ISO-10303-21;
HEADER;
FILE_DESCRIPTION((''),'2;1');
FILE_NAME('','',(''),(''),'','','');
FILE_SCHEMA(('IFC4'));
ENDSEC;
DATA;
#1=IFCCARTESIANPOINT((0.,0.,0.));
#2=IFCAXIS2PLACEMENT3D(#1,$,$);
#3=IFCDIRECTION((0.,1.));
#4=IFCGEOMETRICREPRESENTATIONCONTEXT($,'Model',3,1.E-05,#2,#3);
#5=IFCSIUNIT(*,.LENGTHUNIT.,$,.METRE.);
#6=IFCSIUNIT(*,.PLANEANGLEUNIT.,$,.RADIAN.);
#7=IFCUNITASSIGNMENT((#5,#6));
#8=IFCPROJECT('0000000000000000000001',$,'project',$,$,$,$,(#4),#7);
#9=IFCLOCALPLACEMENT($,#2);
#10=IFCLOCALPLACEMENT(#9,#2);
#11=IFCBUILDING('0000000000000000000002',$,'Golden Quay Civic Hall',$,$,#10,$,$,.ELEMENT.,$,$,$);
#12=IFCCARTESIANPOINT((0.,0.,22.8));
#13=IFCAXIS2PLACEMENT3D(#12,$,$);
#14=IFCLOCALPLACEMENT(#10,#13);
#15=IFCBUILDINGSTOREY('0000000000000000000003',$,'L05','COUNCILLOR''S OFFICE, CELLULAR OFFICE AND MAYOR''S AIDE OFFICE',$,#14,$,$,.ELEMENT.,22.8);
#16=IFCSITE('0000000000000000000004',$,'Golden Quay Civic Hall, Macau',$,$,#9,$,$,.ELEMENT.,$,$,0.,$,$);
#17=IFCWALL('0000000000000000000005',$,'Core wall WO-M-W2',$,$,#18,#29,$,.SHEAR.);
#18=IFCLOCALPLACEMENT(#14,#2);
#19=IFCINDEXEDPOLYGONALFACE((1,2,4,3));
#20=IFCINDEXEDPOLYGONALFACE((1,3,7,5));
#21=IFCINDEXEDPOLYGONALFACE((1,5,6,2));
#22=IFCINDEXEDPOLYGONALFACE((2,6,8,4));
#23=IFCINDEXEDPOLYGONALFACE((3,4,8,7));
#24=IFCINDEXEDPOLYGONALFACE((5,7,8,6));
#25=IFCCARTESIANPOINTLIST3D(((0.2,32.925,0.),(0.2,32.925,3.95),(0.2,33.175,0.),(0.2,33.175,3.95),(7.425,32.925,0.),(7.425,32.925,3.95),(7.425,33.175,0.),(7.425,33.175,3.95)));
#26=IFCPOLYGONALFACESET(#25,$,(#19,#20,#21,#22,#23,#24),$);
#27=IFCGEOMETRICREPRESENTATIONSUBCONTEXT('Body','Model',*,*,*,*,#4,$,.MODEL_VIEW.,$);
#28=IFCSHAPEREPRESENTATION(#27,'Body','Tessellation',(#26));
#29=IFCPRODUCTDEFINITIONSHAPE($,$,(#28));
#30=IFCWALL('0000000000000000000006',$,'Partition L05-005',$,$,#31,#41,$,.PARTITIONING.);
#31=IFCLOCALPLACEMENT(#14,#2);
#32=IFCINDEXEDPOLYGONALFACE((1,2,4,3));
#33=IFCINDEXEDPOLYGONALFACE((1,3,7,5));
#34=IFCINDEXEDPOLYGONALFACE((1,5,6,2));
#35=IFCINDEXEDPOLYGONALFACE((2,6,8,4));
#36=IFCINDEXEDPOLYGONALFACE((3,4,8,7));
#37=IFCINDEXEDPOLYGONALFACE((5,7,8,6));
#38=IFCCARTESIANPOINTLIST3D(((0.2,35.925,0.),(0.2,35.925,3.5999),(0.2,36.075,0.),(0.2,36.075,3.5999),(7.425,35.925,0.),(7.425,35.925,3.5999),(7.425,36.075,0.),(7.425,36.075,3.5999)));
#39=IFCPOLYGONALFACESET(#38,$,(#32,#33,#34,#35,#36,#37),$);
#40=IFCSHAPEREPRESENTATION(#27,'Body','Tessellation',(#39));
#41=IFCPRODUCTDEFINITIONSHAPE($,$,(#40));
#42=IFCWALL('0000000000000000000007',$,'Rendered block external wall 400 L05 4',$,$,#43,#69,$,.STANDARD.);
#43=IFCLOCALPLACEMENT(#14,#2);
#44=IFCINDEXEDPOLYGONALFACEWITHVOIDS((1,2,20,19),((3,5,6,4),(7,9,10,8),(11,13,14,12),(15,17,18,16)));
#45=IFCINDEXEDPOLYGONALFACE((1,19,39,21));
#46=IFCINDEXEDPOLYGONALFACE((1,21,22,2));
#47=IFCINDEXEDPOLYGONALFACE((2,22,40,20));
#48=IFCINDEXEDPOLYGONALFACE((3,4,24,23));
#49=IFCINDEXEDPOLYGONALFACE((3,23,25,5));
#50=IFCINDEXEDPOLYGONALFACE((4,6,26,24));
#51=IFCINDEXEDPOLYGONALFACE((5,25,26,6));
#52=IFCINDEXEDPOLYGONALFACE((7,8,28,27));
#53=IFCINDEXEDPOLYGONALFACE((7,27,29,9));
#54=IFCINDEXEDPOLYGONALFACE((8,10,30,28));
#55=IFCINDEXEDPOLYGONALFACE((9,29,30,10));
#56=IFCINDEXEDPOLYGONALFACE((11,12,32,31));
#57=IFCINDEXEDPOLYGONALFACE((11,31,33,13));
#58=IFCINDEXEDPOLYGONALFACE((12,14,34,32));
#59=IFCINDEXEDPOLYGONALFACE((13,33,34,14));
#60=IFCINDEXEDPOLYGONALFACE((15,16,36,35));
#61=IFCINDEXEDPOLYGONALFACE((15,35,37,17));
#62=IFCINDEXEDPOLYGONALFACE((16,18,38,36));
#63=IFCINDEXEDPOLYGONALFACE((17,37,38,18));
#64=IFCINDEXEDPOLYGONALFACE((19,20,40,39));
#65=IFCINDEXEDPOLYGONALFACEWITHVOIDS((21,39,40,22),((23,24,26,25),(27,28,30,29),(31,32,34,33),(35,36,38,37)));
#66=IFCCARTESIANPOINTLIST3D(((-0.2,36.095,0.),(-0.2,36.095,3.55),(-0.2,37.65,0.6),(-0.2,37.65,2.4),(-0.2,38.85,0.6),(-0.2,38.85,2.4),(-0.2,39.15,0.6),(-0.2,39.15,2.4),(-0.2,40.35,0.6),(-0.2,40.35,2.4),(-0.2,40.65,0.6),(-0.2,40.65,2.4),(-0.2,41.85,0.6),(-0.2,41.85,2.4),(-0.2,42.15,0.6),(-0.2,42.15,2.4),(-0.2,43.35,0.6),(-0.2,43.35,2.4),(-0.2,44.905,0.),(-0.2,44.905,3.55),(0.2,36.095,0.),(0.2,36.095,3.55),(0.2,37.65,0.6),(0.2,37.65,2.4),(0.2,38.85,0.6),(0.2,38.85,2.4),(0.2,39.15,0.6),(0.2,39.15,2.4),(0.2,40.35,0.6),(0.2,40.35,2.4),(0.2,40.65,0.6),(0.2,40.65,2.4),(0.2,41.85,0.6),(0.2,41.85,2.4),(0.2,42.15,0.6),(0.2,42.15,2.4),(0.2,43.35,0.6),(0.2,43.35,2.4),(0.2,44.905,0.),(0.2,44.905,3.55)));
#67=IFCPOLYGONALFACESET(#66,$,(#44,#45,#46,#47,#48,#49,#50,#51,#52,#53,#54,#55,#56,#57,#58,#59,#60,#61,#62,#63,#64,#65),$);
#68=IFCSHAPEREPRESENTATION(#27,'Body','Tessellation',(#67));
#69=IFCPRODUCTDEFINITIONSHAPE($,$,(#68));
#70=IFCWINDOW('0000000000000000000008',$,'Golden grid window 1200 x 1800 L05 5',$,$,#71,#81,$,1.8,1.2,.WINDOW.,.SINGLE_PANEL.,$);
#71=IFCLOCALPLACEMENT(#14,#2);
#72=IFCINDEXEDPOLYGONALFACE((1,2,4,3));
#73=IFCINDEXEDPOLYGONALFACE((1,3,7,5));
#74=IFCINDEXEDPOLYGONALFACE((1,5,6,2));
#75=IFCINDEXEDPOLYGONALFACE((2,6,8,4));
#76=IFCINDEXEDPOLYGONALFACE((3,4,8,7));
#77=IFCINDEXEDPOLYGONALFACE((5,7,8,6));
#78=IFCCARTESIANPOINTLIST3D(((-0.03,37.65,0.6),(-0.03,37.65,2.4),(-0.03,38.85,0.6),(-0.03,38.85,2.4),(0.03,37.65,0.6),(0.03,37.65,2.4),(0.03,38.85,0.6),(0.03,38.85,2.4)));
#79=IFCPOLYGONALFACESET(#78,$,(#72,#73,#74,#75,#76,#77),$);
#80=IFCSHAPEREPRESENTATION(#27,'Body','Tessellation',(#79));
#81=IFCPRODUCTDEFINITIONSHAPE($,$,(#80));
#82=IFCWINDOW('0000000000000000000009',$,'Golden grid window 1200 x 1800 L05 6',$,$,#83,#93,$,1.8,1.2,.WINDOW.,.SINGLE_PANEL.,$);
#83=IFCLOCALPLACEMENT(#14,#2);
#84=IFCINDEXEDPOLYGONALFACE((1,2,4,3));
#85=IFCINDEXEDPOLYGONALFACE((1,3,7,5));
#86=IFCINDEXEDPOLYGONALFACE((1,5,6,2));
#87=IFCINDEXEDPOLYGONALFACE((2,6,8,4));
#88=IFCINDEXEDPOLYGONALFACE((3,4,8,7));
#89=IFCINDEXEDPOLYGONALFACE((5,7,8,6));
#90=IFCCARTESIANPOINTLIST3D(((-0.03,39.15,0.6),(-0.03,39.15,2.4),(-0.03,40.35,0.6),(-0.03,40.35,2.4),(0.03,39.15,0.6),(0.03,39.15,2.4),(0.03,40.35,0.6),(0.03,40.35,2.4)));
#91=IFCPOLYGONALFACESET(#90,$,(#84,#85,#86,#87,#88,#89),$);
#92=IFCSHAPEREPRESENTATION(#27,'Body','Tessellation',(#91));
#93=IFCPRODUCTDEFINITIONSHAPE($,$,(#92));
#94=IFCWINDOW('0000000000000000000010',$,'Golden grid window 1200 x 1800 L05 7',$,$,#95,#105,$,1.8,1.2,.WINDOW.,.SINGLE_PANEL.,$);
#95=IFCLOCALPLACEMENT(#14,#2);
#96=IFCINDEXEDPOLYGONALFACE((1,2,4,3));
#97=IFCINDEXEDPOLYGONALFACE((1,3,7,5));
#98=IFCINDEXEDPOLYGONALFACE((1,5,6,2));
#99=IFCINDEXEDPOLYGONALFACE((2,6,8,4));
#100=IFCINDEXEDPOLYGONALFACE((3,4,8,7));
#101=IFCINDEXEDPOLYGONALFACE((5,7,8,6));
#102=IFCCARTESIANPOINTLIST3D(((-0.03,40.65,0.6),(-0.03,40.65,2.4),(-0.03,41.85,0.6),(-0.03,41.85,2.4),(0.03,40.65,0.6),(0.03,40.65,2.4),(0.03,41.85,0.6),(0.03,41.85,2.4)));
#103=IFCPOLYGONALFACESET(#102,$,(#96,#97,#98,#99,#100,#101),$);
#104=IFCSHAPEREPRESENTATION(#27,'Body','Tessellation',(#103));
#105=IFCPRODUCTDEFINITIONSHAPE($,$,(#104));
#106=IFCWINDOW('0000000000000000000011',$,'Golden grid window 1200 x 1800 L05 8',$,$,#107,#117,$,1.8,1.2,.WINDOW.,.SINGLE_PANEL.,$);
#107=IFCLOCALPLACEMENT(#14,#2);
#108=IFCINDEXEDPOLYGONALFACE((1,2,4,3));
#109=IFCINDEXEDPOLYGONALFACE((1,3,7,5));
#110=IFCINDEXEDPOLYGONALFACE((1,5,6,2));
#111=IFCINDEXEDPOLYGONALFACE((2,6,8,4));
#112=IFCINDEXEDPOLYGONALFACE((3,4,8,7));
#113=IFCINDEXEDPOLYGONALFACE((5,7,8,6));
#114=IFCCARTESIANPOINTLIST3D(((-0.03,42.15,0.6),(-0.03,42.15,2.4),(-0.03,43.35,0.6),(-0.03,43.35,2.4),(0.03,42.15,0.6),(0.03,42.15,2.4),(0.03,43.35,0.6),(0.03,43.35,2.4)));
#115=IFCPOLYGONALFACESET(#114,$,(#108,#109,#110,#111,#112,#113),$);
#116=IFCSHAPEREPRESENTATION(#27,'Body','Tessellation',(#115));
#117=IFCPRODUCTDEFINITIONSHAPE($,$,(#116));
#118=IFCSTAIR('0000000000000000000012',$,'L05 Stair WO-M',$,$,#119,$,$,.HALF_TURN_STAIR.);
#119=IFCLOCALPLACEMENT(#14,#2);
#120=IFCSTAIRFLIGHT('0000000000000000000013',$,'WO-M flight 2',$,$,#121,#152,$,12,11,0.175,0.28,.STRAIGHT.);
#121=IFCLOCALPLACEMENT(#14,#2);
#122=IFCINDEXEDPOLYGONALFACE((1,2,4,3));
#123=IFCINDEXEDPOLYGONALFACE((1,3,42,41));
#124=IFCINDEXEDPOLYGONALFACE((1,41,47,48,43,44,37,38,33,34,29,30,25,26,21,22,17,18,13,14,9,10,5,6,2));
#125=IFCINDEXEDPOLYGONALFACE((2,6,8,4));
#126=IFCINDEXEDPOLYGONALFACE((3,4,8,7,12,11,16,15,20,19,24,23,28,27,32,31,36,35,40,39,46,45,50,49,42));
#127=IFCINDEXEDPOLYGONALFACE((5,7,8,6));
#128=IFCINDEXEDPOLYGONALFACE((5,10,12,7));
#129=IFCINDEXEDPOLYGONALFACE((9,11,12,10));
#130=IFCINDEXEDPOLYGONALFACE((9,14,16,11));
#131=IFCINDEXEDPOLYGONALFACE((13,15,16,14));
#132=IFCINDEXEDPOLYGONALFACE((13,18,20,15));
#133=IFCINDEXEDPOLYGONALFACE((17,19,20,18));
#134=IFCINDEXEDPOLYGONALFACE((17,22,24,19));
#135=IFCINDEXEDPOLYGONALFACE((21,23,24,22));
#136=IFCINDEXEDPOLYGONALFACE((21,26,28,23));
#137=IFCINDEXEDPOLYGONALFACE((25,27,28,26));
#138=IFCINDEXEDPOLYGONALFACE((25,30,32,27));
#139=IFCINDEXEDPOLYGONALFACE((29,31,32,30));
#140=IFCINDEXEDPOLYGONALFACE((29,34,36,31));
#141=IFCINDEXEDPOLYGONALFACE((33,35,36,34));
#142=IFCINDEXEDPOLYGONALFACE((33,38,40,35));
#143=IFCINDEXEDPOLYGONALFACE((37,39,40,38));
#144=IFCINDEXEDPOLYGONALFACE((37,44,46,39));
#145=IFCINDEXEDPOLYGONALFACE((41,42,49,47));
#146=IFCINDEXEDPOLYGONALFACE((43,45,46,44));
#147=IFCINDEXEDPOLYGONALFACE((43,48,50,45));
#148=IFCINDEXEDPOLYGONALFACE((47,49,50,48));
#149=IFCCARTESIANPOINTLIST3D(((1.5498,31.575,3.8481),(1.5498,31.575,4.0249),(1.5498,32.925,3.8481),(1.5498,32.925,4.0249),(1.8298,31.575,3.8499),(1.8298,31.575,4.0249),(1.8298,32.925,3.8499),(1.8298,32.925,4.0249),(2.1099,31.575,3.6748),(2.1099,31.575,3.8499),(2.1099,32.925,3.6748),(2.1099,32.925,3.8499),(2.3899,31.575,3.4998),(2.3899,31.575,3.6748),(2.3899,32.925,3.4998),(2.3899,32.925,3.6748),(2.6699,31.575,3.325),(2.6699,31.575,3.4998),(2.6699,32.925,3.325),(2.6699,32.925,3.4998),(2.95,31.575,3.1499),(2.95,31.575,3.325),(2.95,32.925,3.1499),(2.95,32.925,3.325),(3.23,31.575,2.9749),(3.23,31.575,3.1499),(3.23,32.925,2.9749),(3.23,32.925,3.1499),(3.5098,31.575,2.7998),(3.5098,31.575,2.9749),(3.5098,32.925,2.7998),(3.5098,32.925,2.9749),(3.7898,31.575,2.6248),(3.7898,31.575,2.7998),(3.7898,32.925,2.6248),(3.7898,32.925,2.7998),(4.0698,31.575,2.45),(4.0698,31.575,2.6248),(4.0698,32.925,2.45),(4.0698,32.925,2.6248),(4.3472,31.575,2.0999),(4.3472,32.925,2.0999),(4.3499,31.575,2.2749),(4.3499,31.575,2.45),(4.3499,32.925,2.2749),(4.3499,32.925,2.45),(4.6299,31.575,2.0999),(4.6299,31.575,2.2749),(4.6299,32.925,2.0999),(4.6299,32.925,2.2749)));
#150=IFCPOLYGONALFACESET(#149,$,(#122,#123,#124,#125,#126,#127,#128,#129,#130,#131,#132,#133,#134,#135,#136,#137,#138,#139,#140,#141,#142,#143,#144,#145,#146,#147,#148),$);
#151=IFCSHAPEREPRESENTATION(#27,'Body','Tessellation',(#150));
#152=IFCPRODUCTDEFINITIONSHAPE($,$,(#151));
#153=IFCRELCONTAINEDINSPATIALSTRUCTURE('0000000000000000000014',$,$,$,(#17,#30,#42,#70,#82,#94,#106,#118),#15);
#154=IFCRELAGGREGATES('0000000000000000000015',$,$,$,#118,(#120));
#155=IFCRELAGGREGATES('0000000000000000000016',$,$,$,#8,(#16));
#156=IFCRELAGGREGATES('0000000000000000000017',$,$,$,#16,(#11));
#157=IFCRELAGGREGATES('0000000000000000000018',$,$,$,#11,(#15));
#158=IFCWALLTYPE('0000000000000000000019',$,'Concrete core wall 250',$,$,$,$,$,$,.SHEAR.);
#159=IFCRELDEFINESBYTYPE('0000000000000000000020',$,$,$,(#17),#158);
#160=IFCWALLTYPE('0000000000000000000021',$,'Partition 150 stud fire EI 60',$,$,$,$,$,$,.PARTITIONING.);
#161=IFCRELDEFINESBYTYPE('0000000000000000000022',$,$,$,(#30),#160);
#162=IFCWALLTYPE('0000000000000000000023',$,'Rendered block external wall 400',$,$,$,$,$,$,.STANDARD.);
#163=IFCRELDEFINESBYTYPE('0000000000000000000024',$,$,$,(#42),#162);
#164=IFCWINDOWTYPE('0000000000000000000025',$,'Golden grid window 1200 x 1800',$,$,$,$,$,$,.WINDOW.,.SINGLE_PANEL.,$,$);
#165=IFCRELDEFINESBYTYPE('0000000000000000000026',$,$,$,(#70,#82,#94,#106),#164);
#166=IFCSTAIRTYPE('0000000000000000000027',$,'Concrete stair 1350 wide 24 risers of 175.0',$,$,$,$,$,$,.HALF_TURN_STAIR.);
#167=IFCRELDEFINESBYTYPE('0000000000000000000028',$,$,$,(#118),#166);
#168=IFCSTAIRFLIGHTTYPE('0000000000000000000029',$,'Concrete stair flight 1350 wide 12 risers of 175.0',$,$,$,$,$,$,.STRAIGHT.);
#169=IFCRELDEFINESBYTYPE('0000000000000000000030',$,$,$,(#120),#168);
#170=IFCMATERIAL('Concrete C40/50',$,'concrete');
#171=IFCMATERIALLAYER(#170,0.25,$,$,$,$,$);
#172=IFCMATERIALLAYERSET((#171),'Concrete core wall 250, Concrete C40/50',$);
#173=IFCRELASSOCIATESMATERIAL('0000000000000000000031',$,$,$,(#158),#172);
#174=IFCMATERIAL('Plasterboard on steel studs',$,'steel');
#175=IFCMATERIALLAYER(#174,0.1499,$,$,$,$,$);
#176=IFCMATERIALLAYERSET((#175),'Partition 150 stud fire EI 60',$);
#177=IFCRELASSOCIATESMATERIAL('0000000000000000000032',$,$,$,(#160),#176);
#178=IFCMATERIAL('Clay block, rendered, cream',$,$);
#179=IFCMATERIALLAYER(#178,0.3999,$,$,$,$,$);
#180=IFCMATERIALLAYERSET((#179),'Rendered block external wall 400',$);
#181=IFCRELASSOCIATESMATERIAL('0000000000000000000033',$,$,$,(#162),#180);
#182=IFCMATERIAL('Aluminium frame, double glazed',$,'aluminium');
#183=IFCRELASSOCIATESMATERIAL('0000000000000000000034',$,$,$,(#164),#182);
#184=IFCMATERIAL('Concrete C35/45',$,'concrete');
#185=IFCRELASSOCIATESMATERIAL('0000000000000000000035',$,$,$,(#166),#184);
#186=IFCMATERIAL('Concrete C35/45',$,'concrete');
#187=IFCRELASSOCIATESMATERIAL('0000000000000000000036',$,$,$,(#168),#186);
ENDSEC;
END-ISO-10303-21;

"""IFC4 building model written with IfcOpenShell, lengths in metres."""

from ifc_helpers import new_model, si_unit, direction, frame, frame_2d, origin, place, context, subcontext, project, spatial, polyline, rectangle, outline, extrude, material, layer, layer_set, type_object, element, fill, aggregate, save


model = new_model("IFC4")

# Units and contexts
model_context = context("Model", 3, precision=1e-05, world=origin(), true_north=direction((0.0, 1.0)))
body_context = subcontext(model_context, "Body", "Model", "MODEL_VIEW")
ifc_project = project(units=[si_unit("LENGTHUNIT", "METRE"), si_unit("PLANEANGLEUNIT", "RADIAN")], contexts=[model_context])

# Site, building, storey
site_placement = place(None, origin())
site = spatial("IfcSite", under=ifc_project, at=site_placement, Name="Golden Quay Civic Hall, Macau", CompositionType="ELEMENT", RefElevation=0.0)
building_placement = place(site_placement, origin())
building = spatial("IfcBuilding", under=site, at=building_placement, Name="Golden Quay Civic Hall", CompositionType="ELEMENT")
storey_placement = place(building_placement, frame((0.0, 0.0, 22.8)))
storey = spatial("IfcBuildingStorey", under=building, at=storey_placement, Name="L05", Description="COUNCILLOR'S OFFICE, CELLULAR OFFICE AND MAYOR'S AIDE OFFICE", CompositionType="ELEMENT", Elevation=22.8)

# Walls
ifc_material_1 = material(Name="Concrete C40/50", Category="concrete")
ifc_layer_1 = layer(ifc_material_1, 0.25)
ifc_layer_set_1 = layer_set([ifc_layer_1], Name="Concrete core wall 250, Concrete C40/50")
wall_type_1 = type_object("IfcWallType", Name="Concrete core wall 250", PredefinedType="SHEAR", material=ifc_layer_set_1)
wall_1_placement = place(storey_placement, frame((0.2, 33.05, 0.0), z_axis=(0.0, 0.0, 1.0), x_axis=(1.0, 0.0, 0.0)))
element("IfcWall", 1, at=wall_1_placement, inside=storey, type_object=wall_type_1, Name="Core wall WO-M-W2", PredefinedType="SHEAR", context=body_context, shape_type="SweptSolid", body=[
    extrude(rectangle(XDim=7.2251, YDim=0.25, at=frame_2d((3.6125, 0.0))), origin(), (0.0, 0.0, 1.0), 3.95),
])
ifc_material_2 = material(Name="Plasterboard on steel studs", Category="steel")
ifc_layer_2 = layer(ifc_material_2, 0.1499)
ifc_layer_set_2 = layer_set([ifc_layer_2], Name="Partition 150 stud fire EI 60")
wall_type_2 = type_object("IfcWallType", Name="Partition 150 stud fire EI 60", PredefinedType="PARTITIONING", material=ifc_layer_set_2)
wall_2_placement = place(storey_placement, frame((0.2, 36.0, 0.0), z_axis=(0.0, 0.0, 1.0), x_axis=(1.0, 0.0, 0.0)))
element("IfcWall", 2, at=wall_2_placement, inside=storey, type_object=wall_type_2, Name="Partition L05-005", PredefinedType="PARTITIONING", context=body_context, shape_type="SweptSolid", body=[
    extrude(rectangle(XDim=7.2251, YDim=0.1499, at=frame_2d((3.6125, 0.0))), origin(), (0.0, 0.0, 1.0), 3.5999),
])

# Wall, openings, windows
ifc_material_3 = material(Name="Clay block, rendered, cream")
ifc_layer_3 = layer(ifc_material_3, 0.3999)
ifc_layer_set_3 = layer_set([ifc_layer_3], Name="Rendered block external wall 400")
wall_type_3 = type_object("IfcWallType", Name="Rendered block external wall 400", PredefinedType="STANDARD", material=ifc_layer_set_3)
wall_3_placement = place(storey_placement, frame((0.0, 36.095, 0.0), z_axis=(0.0, 0.0, 1.0), x_axis=(0.0, 1.0, 0.0)))
wall_3 = element("IfcWall", 3, at=wall_3_placement, inside=storey, type_object=wall_type_3, Name="Rendered block external wall 400 L05 4", PredefinedType="STANDARD", context=body_context, shape_type="SweptSolid", body=[
    extrude(rectangle(XDim=8.8101, YDim=0.3999, at=frame_2d((4.405, 0.0))), origin(), (0.0, 0.0, 1.0), 3.55),
])
opening_1_placement = place(wall_3_placement, frame((1.5549, 0.0, 0.6001)))
opening_1 = element("IfcOpeningElement", 4, at=opening_1_placement, cuts=wall_3, PredefinedType="OPENING", context=body_context, shape_type="SweptSolid", body=[
    extrude(rectangle(XDim=1.2, YDim=1.8, at=frame_2d((0.6001, 0.8999))), frame((0.0, 0.21, 0.0), z_axis=(0.0, -1.0, 0.0), x_axis=(1.0, 0.0, 0.0)), (0.0, 0.0, 1.0), 0.4199),
])
opening_2_placement = place(wall_3_placement, frame((3.0549, 0.0, 0.6001)))
opening_2 = element("IfcOpeningElement", 5, at=opening_2_placement, cuts=wall_3, PredefinedType="OPENING", context=body_context, shape_type="SweptSolid", body=[
    extrude(rectangle(XDim=1.2, YDim=1.8, at=frame_2d((0.6001, 0.8999))), frame((0.0, 0.21, 0.0), z_axis=(0.0, -1.0, 0.0), x_axis=(1.0, 0.0, 0.0)), (0.0, 0.0, 1.0), 0.4199),
])
opening_3_placement = place(wall_3_placement, frame((4.5549, 0.0, 0.6001)))
opening_3 = element("IfcOpeningElement", 6, at=opening_3_placement, cuts=wall_3, PredefinedType="OPENING", context=body_context, shape_type="SweptSolid", body=[
    extrude(rectangle(XDim=1.2, YDim=1.8, at=frame_2d((0.6001, 0.8999))), frame((0.0, 0.21, 0.0), z_axis=(0.0, -1.0, 0.0), x_axis=(1.0, 0.0, 0.0)), (0.0, 0.0, 1.0), 0.4199),
])
opening_4_placement = place(wall_3_placement, frame((6.0549, 0.0, 0.6001)))
opening_4 = element("IfcOpeningElement", 7, at=opening_4_placement, cuts=wall_3, PredefinedType="OPENING", context=body_context, shape_type="SweptSolid", body=[
    extrude(rectangle(XDim=1.2, YDim=1.8, at=frame_2d((0.6001, 0.8999))), frame((0.0, 0.21, 0.0), z_axis=(0.0, -1.0, 0.0), x_axis=(1.0, 0.0, 0.0)), (0.0, 0.0, 1.0), 0.4199),
])
ifc_material_4 = material(Name="Aluminium frame, double glazed", Category="aluminium")
window_type = type_object("IfcWindowType", Name="Golden grid window 1200 x 1800", PartitioningType="SINGLE_PANEL", PredefinedType="WINDOW", material=ifc_material_4)
window_1_placement = place(opening_1_placement, origin())
window_1 = element("IfcWindow", 8, at=window_1_placement, inside=storey, type_object=window_type, Name="Golden grid window 1200 x 1800 L05 5", OverallHeight=1.8, OverallWidth=1.2, PartitioningType="SINGLE_PANEL", PredefinedType="WINDOW", context=body_context, shape_type="SweptSolid", body=[
    extrude(rectangle(XDim=1.2, YDim=1.8, at=frame_2d((0.6001, 0.8999))), frame((0.0, 0.03, 0.0), z_axis=(0.0, -1.0, 0.0), x_axis=(1.0, 0.0, 0.0)), (0.0, 0.0, 1.0), 0.0601),
])
fill(opening_1, window_1)
window_2_placement = place(opening_2_placement, origin())
window_2 = element("IfcWindow", 9, at=window_2_placement, inside=storey, type_object=window_type, Name="Golden grid window 1200 x 1800 L05 6", OverallHeight=1.8, OverallWidth=1.2, PartitioningType="SINGLE_PANEL", PredefinedType="WINDOW", context=body_context, shape_type="SweptSolid", body=[
    extrude(rectangle(XDim=1.2, YDim=1.8, at=frame_2d((0.6001, 0.8999))), frame((0.0, 0.03, 0.0), z_axis=(0.0, -1.0, 0.0), x_axis=(1.0, 0.0, 0.0)), (0.0, 0.0, 1.0), 0.0601),
])
fill(opening_2, window_2)
window_3_placement = place(opening_3_placement, origin())
window_3 = element("IfcWindow", 10, at=window_3_placement, inside=storey, type_object=window_type, Name="Golden grid window 1200 x 1800 L05 7", OverallHeight=1.8, OverallWidth=1.2, PartitioningType="SINGLE_PANEL", PredefinedType="WINDOW", context=body_context, shape_type="SweptSolid", body=[
    extrude(rectangle(XDim=1.2, YDim=1.8, at=frame_2d((0.6001, 0.8999))), frame((0.0, 0.03, 0.0), z_axis=(0.0, -1.0, 0.0), x_axis=(1.0, 0.0, 0.0)), (0.0, 0.0, 1.0), 0.0601),
])
fill(opening_3, window_3)
window_4_placement = place(opening_4_placement, origin())
window_4 = element("IfcWindow", 11, at=window_4_placement, inside=storey, type_object=window_type, Name="Golden grid window 1200 x 1800 L05 8", OverallHeight=1.8, OverallWidth=1.2, PartitioningType="SINGLE_PANEL", PredefinedType="WINDOW", context=body_context, shape_type="SweptSolid", body=[
    extrude(rectangle(XDim=1.2, YDim=1.8, at=frame_2d((0.6001, 0.8999))), frame((0.0, 0.03, 0.0), z_axis=(0.0, -1.0, 0.0), x_axis=(1.0, 0.0, 0.0)), (0.0, 0.0, 1.0), 0.0601),
])
fill(opening_4, window_4)

# Stair, stair flight
ifc_material_5 = material(Name="Concrete C35/45", Category="concrete")
stair_type = type_object("IfcStairType", Name="Concrete stair 1350 wide 24 risers of 175.0", PredefinedType="HALF_TURN_STAIR", material=ifc_material_5)
stair_placement = place(storey_placement, origin())
stair = element("IfcStair", 12, at=stair_placement, inside=storey, type_object=stair_type, Name="L05 Stair WO-M", PredefinedType="HALF_TURN_STAIR")
ifc_material_6 = material(Name="Concrete C35/45", Category="concrete")
stair_flight_type = type_object("IfcStairFlightType", Name="Concrete stair flight 1350 wide 12 risers of 175.0", PredefinedType="STRAIGHT", material=ifc_material_6)
stair_flight_placement = place(storey_placement, frame((4.6299, 32.25, 2.0999), z_axis=(0.0, 0.0, 1.0), x_axis=(-1.0, 0.0, 0.0)))
stair_flight = element("IfcStairFlight", 13, at=stair_flight_placement, type_object=stair_flight_type, Name="WO-M flight 2", NumberOfRisers=12, NumberOfTreads=11, PredefinedType="STRAIGHT", RiserHeight=0.175, TreadLength=0.28, context=body_context, shape_type="SweptSolid", body=[
    extrude(outline(polyline([(0.0, 0.0), (0.0, 0.175), (0.28, 0.175), (0.28, 0.3501), (0.5601, 0.3501), (0.5601, 0.5249), (0.8401, 0.5249), (0.8401, 0.7), (1.1201, 0.7), (1.1201, 0.875), (1.3999, 0.875), (1.3999, 1.05), (1.6799, 1.05), (1.6799, 1.2251), (1.96, 1.2251), (1.96, 1.3999), (2.24, 1.3999), (2.24, 1.575), (2.52, 1.575), (2.52, 1.75), (2.8, 1.75), (2.8, 1.925), (3.0801, 1.925), (3.0801, 2.1001), (3.0801, 1.7483), (0.2827, 0.0), (0.0, 0.0)])), frame((0.0, 0.675, 0.0), z_axis=(0.0, -1.0, 0.0), x_axis=(1.0, 0.0, 0.0)), (0.0, 0.0, 1.0), 1.35),
])
aggregate(stair, [stair_flight])

save(model, "model.ifc")
